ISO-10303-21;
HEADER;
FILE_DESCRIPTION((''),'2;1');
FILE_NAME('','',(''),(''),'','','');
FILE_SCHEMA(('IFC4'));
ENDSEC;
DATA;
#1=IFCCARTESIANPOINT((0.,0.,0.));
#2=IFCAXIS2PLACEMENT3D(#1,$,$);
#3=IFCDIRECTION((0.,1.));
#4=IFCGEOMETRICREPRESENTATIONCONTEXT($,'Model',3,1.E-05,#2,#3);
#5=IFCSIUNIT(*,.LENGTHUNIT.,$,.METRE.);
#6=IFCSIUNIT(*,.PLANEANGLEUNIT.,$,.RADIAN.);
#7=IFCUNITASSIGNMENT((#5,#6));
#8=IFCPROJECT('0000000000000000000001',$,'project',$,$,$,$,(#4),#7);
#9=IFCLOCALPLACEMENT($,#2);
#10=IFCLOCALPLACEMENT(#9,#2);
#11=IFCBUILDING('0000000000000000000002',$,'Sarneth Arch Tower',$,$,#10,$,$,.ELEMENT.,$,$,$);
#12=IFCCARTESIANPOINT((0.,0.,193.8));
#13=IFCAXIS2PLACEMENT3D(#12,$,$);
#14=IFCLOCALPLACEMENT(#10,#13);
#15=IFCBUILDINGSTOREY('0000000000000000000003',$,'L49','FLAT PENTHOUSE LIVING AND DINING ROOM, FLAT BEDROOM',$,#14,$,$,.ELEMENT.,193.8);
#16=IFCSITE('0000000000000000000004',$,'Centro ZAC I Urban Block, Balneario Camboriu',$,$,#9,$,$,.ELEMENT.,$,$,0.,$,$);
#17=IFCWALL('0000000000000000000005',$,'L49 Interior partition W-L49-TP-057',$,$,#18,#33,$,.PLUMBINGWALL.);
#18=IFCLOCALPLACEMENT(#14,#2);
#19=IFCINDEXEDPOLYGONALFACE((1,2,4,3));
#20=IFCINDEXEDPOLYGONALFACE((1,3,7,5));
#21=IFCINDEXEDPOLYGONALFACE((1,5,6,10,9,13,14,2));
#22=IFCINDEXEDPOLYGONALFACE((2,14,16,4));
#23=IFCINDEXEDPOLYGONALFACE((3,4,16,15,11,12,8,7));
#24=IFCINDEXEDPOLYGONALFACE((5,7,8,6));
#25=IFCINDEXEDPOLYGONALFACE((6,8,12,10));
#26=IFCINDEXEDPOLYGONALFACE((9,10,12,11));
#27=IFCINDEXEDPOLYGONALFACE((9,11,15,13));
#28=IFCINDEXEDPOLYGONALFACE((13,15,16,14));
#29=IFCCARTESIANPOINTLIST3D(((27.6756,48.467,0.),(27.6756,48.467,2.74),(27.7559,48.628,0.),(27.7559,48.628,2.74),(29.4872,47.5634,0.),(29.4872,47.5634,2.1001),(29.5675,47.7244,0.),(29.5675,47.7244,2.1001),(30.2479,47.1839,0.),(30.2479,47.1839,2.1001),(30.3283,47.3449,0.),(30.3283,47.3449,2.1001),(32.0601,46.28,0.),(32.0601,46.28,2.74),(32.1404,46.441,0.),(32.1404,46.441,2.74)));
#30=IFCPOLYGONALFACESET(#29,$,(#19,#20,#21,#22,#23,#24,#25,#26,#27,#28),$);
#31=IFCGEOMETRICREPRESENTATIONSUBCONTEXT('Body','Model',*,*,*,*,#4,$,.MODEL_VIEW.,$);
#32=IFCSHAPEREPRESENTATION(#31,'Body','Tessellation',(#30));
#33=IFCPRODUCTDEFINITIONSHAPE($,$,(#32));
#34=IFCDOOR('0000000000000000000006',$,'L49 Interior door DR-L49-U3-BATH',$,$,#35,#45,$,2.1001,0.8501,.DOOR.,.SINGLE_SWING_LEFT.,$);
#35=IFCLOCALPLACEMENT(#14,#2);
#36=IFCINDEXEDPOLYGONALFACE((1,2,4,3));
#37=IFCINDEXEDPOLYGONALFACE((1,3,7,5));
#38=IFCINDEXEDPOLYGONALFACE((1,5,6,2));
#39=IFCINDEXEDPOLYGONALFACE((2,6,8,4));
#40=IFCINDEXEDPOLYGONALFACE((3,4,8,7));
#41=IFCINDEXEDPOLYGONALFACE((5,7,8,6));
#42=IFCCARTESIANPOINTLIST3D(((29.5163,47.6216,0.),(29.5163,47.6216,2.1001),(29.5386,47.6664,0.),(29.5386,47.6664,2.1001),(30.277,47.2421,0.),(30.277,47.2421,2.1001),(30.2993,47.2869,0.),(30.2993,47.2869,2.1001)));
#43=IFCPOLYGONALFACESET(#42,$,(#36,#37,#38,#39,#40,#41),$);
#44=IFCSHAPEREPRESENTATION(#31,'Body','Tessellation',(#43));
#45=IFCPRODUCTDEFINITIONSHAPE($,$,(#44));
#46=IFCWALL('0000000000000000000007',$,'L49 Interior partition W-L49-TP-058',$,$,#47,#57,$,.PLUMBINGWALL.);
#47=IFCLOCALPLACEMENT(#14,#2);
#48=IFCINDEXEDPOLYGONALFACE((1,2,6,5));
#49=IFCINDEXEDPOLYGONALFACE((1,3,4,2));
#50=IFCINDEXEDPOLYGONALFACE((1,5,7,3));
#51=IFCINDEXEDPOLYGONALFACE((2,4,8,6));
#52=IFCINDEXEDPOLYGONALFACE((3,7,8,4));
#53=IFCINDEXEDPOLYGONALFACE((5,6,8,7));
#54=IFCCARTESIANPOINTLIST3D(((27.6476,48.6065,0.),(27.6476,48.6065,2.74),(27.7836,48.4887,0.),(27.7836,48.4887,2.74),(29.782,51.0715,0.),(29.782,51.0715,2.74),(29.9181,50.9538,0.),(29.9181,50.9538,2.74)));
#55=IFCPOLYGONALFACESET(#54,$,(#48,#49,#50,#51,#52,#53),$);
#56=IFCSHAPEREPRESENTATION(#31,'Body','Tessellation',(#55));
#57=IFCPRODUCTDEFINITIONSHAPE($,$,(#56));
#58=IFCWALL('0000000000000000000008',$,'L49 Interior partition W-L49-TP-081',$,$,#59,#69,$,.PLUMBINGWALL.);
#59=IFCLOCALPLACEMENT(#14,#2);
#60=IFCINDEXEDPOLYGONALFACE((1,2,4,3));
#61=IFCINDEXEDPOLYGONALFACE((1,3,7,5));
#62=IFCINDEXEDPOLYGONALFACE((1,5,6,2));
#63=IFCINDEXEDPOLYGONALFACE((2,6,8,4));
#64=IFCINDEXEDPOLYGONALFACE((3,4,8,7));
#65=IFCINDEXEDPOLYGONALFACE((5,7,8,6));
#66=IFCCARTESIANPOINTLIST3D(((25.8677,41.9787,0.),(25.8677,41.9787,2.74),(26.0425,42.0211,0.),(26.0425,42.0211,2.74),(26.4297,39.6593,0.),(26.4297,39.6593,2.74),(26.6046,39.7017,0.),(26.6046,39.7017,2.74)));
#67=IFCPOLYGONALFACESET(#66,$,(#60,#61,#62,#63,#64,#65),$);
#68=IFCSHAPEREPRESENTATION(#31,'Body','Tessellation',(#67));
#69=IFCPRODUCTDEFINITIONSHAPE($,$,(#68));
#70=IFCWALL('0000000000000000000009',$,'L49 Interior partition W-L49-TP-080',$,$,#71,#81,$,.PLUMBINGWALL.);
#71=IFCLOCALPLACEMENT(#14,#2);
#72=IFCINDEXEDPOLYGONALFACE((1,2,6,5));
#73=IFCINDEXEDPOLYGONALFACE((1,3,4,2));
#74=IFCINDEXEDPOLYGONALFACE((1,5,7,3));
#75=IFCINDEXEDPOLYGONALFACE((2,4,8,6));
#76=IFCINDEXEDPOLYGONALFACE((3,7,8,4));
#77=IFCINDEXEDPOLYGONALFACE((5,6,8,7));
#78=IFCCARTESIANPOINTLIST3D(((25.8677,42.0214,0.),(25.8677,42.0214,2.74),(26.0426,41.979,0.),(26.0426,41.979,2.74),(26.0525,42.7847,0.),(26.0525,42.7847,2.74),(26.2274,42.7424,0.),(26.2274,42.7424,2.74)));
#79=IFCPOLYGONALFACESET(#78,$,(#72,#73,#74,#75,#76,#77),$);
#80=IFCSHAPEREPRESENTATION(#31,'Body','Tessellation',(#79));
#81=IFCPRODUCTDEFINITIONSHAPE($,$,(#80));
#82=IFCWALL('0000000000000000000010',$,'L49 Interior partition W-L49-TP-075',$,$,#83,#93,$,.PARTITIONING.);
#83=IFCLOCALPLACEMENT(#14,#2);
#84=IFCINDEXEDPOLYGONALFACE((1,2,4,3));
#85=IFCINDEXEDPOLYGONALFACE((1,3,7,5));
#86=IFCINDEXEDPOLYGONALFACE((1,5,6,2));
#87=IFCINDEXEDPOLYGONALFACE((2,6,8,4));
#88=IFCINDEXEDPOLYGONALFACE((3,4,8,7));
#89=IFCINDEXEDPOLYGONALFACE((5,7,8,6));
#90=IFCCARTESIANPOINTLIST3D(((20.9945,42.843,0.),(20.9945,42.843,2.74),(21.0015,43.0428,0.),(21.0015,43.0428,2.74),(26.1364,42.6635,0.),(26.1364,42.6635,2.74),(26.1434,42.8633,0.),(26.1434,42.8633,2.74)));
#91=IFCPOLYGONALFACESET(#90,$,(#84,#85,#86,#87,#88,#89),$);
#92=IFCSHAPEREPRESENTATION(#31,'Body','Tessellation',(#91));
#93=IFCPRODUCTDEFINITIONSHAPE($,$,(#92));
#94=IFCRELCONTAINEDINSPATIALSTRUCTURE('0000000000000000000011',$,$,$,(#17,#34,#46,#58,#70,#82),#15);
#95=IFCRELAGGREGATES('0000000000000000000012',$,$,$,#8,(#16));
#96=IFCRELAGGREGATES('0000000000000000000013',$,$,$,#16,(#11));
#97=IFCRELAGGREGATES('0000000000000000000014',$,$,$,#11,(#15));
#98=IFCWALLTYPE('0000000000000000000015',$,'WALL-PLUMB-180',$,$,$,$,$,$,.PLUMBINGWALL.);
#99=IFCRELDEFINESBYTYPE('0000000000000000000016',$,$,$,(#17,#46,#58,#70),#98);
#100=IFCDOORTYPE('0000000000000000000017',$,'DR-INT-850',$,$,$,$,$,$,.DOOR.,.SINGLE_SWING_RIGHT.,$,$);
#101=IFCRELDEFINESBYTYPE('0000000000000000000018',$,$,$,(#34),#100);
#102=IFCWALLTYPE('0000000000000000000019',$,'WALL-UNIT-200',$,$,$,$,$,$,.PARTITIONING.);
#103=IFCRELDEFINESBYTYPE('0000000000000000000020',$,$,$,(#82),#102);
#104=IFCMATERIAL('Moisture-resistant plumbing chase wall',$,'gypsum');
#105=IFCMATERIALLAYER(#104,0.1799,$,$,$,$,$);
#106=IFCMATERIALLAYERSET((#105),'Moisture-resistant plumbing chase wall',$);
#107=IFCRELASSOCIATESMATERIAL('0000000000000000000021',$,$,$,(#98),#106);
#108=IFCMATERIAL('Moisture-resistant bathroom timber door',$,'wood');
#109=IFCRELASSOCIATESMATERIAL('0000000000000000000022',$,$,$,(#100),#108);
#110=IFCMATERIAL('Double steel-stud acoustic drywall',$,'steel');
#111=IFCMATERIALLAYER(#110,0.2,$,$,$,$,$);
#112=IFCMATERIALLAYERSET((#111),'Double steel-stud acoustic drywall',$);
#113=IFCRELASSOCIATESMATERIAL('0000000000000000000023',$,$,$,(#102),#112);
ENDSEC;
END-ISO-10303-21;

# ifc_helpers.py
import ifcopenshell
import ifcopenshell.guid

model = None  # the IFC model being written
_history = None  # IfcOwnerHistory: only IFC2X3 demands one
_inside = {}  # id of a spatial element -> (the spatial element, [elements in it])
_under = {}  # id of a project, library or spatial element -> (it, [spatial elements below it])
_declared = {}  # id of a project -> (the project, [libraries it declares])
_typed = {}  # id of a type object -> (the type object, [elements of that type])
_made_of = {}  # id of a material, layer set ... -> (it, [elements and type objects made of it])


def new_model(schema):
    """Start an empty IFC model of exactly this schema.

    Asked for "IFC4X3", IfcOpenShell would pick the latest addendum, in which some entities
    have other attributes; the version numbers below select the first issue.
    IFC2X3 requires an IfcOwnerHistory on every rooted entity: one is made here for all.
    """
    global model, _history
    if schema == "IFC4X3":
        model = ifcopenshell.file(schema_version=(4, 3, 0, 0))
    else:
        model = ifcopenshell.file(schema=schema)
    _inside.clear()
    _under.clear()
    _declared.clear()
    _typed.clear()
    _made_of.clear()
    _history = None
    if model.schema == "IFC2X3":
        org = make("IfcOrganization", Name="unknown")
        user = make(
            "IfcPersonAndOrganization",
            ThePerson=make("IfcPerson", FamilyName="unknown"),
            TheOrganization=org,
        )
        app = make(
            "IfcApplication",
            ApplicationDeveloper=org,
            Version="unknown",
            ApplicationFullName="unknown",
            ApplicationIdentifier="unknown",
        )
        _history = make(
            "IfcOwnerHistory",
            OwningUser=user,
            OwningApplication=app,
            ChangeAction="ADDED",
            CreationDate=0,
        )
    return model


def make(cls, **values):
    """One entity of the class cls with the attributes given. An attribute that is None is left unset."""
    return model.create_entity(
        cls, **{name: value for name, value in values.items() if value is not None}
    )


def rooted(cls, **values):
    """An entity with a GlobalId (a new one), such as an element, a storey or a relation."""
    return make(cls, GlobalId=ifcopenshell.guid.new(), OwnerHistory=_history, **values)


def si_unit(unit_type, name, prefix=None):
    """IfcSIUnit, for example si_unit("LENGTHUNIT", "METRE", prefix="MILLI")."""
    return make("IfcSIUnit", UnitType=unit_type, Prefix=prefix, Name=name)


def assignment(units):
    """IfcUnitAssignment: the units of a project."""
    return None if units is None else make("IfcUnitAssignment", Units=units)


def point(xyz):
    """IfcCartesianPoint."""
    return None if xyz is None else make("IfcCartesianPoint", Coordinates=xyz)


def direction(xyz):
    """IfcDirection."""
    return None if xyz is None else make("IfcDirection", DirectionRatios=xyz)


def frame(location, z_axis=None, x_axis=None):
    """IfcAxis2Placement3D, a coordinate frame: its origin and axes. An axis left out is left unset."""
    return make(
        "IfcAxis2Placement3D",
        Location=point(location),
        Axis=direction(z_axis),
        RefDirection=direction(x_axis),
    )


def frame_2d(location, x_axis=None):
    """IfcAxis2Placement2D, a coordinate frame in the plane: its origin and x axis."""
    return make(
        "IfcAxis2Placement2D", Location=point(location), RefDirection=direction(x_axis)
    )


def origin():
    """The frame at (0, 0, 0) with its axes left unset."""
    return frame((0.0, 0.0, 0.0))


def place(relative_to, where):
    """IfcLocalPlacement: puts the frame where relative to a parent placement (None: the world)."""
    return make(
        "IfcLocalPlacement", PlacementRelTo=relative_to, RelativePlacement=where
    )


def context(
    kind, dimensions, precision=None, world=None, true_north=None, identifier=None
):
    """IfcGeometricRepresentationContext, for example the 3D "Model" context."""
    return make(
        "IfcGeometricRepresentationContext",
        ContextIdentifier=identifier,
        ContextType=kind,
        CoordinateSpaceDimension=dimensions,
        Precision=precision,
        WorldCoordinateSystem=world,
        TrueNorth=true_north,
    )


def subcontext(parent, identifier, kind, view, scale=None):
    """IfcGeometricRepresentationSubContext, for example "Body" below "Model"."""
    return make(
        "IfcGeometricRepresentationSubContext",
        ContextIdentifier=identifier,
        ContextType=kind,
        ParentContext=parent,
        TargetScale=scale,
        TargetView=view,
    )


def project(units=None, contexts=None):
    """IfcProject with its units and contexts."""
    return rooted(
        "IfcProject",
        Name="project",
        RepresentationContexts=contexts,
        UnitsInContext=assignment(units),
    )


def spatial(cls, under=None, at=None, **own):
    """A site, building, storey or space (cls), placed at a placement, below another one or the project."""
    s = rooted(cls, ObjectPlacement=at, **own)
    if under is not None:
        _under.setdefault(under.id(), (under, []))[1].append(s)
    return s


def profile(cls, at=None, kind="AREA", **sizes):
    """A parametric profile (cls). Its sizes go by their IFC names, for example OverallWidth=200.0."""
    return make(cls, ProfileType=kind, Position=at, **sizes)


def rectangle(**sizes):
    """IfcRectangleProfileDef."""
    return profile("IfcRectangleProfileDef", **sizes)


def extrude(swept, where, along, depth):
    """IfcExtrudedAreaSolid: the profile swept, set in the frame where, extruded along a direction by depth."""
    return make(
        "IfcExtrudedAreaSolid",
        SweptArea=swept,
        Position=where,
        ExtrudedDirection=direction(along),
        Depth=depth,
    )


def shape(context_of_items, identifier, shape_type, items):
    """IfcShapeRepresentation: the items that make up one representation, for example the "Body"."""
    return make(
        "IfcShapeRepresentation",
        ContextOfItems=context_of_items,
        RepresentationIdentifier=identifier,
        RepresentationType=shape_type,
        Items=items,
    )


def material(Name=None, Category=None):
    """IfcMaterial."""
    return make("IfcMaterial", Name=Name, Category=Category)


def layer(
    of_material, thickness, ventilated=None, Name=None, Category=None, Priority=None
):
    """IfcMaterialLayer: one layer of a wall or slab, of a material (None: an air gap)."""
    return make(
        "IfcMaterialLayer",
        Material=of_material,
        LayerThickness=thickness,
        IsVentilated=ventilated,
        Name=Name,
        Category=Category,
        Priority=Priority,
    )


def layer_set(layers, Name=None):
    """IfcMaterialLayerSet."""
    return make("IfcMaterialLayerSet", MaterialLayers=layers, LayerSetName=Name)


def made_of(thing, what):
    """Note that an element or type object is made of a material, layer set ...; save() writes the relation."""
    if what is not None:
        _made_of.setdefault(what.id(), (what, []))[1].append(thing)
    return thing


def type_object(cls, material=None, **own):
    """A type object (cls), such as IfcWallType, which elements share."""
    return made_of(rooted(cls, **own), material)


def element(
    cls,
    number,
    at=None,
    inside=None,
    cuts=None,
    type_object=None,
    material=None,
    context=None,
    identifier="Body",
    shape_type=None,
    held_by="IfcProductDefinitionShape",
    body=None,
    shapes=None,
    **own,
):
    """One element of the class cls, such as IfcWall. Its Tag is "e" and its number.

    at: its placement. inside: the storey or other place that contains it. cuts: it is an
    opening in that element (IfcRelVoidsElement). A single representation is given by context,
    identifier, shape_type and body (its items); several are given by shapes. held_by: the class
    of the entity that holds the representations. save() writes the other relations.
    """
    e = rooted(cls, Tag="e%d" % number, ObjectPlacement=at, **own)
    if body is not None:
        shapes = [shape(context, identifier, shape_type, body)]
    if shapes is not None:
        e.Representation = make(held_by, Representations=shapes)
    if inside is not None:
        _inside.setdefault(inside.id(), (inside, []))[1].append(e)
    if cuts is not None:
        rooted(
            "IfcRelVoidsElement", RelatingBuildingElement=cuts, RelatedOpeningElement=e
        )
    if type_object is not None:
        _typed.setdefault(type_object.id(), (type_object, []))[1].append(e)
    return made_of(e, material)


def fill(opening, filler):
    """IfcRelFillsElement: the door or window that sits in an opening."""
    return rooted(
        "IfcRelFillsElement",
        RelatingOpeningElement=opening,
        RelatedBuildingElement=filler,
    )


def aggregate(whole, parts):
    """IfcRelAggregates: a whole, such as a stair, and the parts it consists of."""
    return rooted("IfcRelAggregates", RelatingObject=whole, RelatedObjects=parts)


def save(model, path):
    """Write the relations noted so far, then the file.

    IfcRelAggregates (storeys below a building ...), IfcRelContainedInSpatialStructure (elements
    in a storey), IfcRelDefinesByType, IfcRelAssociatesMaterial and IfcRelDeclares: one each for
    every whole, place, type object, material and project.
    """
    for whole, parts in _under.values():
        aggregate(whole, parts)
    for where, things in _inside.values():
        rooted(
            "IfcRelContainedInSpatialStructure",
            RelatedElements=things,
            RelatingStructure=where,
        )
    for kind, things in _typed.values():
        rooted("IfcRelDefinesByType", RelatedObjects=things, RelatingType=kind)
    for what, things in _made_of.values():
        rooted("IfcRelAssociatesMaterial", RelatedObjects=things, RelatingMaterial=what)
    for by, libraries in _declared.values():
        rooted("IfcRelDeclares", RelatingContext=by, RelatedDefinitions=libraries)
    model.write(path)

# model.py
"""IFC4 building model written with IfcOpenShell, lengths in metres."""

from ifc_helpers import new_model, si_unit, direction, frame, frame_2d, origin, place, context, subcontext, project, spatial, rectangle, extrude, material, layer, layer_set, type_object, element, fill, save


model = new_model("IFC4")

# Units and contexts
model_context = context("Model", 3, precision=1e-05, world=origin(), true_north=direction((0.0, 1.0)))
body_context = subcontext(model_context, "Body", "Model", "MODEL_VIEW")
ifc_project = project(units=[si_unit("LENGTHUNIT", "METRE"), si_unit("PLANEANGLEUNIT", "RADIAN")], contexts=[model_context])

# Site, building, storey
site_placement = place(None, origin())
site = spatial("IfcSite", under=ifc_project, at=site_placement, Name="Centro ZAC I Urban Block, Balneario Camboriu", CompositionType="ELEMENT", RefElevation=0.0)
building_placement = place(site_placement, origin())
building = spatial("IfcBuilding", under=site, at=building_placement, Name="Sarneth Arch Tower", CompositionType="ELEMENT")
storey_placement = place(building_placement, frame((0.0, 0.0, 193.8)))
storey = spatial("IfcBuildingStorey", under=building, at=storey_placement, Name="L49", Description="FLAT PENTHOUSE LIVING AND DINING ROOM, FLAT BEDROOM", CompositionType="ELEMENT", Elevation=193.8)

# Shared definitions
ifc_material_1 = material(Name="Moisture-resistant plumbing chase wall", Category="gypsum")
ifc_layer_1 = layer(ifc_material_1, 0.1799)
ifc_layer_set_1 = layer_set([ifc_layer_1], Name="Moisture-resistant plumbing chase wall")
wall_type_1 = type_object("IfcWallType", Name="WALL-PLUMB-180", PredefinedType="PLUMBINGWALL", material=ifc_layer_set_1)

# Wall, opening, door
wall_1_placement = place(storey_placement, frame((32.1001, 46.3606, 0.0), z_axis=(0.0, 0.0, 1.0), x_axis=(-0.894855, 0.446356, 0.0)))
wall_1 = element("IfcWall", 1, at=wall_1_placement, inside=storey, type_object=wall_type_1, Name="L49 Interior partition W-L49-TP-057", PredefinedType="PLUMBINGWALL", context=body_context, shape_type="SweptSolid", body=[
    extrude(rectangle(XDim=4.8997, YDim=0.1799, at=frame_2d((2.4497, 0.0))), origin(), (0.0, 0.0, 1.0), 2.74),
])
opening_1_placement = place(wall_1_placement, frame((2.0249, 0.0, 0.0)))
opening_1 = element("IfcOpeningElement", 2, at=opening_1_placement, cuts=wall_1, PredefinedType="OPENING", context=body_context, shape_type="SweptSolid", body=[
    extrude(rectangle(XDim=0.8501, YDim=2.1001, at=frame_2d((0.425, 1.05))), frame((0.0, 0.0999, 0.0), z_axis=(0.0, -1.0, 0.0), x_axis=(1.0, 0.0, 0.0)), (0.0, 0.0, 1.0), 0.2),
])
ifc_material_2 = material(Name="Moisture-resistant bathroom timber door", Category="wood")
door_type_1 = type_object("IfcDoorType", Name="DR-INT-850", OperationType="SINGLE_SWING_RIGHT", PredefinedType="DOOR", material=ifc_material_2)
door_1_placement = place(opening_1_placement, origin())
door_1 = element("IfcDoor", 3, at=door_1_placement, inside=storey, type_object=door_type_1, Name="L49 Interior door DR-L49-U3-BATH", OperationType="SINGLE_SWING_LEFT", OverallHeight=2.1001, OverallWidth=0.8501, PredefinedType="DOOR", context=body_context, shape_type="SweptSolid", body=[
    extrude(rectangle(XDim=0.8501, YDim=2.1001, at=frame_2d((0.425, 1.05))), frame((0.0, 0.0249, 0.0), z_axis=(0.0, -1.0, 0.0), x_axis=(1.0, 0.0, 0.0)), (0.0, 0.0, 1.0), 0.05),
])
fill(opening_1, door_1)

# Walls
wall_2_placement = place(storey_placement, frame((27.7156, 48.5476, 0.0), z_axis=(0.0, 0.0, 1.0), x_axis=(0.6546, 0.755976, 0.0)))
element("IfcWall", 4, at=wall_2_placement, inside=storey, type_object=wall_type_1, Name="L49 Interior partition W-L49-TP-058", PredefinedType="PLUMBINGWALL", context=body_context, shape_type="SweptSolid", body=[
    extrude(rectangle(XDim=3.2607, YDim=0.1799, at=frame_2d((1.6304, 0.0))), origin(), (0.0, 0.0, 1.0), 2.74),
])
wall_3_placement = place(storey_placement, frame((25.9551, 42.0, 0.0), z_axis=(0.0, 0.0, 1.0), x_axis=(0.2355, -0.971874, 0.0)))
element("IfcWall", 5, at=wall_3_placement, inside=storey, type_object=wall_type_1, Name="L49 Interior partition W-L49-TP-081", PredefinedType="PLUMBINGWALL", context=body_context, shape_type="SweptSolid", body=[
    extrude(rectangle(XDim=2.3865, YDim=0.1799, at=frame_2d((1.1934, 0.0))), origin(), (0.0, 0.0, 1.0), 2.74),
])
wall_4_placement = place(storey_placement, frame((26.1399, 42.7634, 0.0), z_axis=(0.0, 0.0, 1.0), x_axis=(-0.235289, -0.971926, 0.0)))
element("IfcWall", 6, at=wall_4_placement, inside=storey, type_object=wall_type_1, Name="L49 Interior partition W-L49-TP-080", PredefinedType="PLUMBINGWALL", context=body_context, shape_type="SweptSolid", body=[
    extrude(rectangle(XDim=0.7854, YDim=0.1799, at=frame_2d((0.3926, 0.0))), origin(), (0.0, 0.0, 1.0), 2.74),
])
ifc_material_3 = material(Name="Double steel-stud acoustic drywall", Category="steel")
ifc_layer_2 = layer(ifc_material_3, 0.2)
ifc_layer_set_2 = layer_set([ifc_layer_2], Name="Double steel-stud acoustic drywall")
wall_type_2 = type_object("IfcWallType", Name="WALL-UNIT-200", PredefinedType="PARTITIONING", material=ifc_layer_set_2)
wall_5_placement = place(storey_placement, frame((26.1399, 42.7634, 0.0), z_axis=(0.0, 0.0, 1.0), x_axis=(-0.999392, 0.034877, 0.0)))
element("IfcWall", 7, at=wall_5_placement, inside=storey, type_object=wall_type_2, Name="L49 Interior partition W-L49-TP-075", PredefinedType="PARTITIONING", context=body_context, shape_type="SweptSolid", body=[
    extrude(rectangle(XDim=5.145, YDim=0.2, at=frame_2d((2.5725, 0.0))), origin(), (0.0, 0.0, 1.0), 2.74),
])

save(model, "model.ifc")
